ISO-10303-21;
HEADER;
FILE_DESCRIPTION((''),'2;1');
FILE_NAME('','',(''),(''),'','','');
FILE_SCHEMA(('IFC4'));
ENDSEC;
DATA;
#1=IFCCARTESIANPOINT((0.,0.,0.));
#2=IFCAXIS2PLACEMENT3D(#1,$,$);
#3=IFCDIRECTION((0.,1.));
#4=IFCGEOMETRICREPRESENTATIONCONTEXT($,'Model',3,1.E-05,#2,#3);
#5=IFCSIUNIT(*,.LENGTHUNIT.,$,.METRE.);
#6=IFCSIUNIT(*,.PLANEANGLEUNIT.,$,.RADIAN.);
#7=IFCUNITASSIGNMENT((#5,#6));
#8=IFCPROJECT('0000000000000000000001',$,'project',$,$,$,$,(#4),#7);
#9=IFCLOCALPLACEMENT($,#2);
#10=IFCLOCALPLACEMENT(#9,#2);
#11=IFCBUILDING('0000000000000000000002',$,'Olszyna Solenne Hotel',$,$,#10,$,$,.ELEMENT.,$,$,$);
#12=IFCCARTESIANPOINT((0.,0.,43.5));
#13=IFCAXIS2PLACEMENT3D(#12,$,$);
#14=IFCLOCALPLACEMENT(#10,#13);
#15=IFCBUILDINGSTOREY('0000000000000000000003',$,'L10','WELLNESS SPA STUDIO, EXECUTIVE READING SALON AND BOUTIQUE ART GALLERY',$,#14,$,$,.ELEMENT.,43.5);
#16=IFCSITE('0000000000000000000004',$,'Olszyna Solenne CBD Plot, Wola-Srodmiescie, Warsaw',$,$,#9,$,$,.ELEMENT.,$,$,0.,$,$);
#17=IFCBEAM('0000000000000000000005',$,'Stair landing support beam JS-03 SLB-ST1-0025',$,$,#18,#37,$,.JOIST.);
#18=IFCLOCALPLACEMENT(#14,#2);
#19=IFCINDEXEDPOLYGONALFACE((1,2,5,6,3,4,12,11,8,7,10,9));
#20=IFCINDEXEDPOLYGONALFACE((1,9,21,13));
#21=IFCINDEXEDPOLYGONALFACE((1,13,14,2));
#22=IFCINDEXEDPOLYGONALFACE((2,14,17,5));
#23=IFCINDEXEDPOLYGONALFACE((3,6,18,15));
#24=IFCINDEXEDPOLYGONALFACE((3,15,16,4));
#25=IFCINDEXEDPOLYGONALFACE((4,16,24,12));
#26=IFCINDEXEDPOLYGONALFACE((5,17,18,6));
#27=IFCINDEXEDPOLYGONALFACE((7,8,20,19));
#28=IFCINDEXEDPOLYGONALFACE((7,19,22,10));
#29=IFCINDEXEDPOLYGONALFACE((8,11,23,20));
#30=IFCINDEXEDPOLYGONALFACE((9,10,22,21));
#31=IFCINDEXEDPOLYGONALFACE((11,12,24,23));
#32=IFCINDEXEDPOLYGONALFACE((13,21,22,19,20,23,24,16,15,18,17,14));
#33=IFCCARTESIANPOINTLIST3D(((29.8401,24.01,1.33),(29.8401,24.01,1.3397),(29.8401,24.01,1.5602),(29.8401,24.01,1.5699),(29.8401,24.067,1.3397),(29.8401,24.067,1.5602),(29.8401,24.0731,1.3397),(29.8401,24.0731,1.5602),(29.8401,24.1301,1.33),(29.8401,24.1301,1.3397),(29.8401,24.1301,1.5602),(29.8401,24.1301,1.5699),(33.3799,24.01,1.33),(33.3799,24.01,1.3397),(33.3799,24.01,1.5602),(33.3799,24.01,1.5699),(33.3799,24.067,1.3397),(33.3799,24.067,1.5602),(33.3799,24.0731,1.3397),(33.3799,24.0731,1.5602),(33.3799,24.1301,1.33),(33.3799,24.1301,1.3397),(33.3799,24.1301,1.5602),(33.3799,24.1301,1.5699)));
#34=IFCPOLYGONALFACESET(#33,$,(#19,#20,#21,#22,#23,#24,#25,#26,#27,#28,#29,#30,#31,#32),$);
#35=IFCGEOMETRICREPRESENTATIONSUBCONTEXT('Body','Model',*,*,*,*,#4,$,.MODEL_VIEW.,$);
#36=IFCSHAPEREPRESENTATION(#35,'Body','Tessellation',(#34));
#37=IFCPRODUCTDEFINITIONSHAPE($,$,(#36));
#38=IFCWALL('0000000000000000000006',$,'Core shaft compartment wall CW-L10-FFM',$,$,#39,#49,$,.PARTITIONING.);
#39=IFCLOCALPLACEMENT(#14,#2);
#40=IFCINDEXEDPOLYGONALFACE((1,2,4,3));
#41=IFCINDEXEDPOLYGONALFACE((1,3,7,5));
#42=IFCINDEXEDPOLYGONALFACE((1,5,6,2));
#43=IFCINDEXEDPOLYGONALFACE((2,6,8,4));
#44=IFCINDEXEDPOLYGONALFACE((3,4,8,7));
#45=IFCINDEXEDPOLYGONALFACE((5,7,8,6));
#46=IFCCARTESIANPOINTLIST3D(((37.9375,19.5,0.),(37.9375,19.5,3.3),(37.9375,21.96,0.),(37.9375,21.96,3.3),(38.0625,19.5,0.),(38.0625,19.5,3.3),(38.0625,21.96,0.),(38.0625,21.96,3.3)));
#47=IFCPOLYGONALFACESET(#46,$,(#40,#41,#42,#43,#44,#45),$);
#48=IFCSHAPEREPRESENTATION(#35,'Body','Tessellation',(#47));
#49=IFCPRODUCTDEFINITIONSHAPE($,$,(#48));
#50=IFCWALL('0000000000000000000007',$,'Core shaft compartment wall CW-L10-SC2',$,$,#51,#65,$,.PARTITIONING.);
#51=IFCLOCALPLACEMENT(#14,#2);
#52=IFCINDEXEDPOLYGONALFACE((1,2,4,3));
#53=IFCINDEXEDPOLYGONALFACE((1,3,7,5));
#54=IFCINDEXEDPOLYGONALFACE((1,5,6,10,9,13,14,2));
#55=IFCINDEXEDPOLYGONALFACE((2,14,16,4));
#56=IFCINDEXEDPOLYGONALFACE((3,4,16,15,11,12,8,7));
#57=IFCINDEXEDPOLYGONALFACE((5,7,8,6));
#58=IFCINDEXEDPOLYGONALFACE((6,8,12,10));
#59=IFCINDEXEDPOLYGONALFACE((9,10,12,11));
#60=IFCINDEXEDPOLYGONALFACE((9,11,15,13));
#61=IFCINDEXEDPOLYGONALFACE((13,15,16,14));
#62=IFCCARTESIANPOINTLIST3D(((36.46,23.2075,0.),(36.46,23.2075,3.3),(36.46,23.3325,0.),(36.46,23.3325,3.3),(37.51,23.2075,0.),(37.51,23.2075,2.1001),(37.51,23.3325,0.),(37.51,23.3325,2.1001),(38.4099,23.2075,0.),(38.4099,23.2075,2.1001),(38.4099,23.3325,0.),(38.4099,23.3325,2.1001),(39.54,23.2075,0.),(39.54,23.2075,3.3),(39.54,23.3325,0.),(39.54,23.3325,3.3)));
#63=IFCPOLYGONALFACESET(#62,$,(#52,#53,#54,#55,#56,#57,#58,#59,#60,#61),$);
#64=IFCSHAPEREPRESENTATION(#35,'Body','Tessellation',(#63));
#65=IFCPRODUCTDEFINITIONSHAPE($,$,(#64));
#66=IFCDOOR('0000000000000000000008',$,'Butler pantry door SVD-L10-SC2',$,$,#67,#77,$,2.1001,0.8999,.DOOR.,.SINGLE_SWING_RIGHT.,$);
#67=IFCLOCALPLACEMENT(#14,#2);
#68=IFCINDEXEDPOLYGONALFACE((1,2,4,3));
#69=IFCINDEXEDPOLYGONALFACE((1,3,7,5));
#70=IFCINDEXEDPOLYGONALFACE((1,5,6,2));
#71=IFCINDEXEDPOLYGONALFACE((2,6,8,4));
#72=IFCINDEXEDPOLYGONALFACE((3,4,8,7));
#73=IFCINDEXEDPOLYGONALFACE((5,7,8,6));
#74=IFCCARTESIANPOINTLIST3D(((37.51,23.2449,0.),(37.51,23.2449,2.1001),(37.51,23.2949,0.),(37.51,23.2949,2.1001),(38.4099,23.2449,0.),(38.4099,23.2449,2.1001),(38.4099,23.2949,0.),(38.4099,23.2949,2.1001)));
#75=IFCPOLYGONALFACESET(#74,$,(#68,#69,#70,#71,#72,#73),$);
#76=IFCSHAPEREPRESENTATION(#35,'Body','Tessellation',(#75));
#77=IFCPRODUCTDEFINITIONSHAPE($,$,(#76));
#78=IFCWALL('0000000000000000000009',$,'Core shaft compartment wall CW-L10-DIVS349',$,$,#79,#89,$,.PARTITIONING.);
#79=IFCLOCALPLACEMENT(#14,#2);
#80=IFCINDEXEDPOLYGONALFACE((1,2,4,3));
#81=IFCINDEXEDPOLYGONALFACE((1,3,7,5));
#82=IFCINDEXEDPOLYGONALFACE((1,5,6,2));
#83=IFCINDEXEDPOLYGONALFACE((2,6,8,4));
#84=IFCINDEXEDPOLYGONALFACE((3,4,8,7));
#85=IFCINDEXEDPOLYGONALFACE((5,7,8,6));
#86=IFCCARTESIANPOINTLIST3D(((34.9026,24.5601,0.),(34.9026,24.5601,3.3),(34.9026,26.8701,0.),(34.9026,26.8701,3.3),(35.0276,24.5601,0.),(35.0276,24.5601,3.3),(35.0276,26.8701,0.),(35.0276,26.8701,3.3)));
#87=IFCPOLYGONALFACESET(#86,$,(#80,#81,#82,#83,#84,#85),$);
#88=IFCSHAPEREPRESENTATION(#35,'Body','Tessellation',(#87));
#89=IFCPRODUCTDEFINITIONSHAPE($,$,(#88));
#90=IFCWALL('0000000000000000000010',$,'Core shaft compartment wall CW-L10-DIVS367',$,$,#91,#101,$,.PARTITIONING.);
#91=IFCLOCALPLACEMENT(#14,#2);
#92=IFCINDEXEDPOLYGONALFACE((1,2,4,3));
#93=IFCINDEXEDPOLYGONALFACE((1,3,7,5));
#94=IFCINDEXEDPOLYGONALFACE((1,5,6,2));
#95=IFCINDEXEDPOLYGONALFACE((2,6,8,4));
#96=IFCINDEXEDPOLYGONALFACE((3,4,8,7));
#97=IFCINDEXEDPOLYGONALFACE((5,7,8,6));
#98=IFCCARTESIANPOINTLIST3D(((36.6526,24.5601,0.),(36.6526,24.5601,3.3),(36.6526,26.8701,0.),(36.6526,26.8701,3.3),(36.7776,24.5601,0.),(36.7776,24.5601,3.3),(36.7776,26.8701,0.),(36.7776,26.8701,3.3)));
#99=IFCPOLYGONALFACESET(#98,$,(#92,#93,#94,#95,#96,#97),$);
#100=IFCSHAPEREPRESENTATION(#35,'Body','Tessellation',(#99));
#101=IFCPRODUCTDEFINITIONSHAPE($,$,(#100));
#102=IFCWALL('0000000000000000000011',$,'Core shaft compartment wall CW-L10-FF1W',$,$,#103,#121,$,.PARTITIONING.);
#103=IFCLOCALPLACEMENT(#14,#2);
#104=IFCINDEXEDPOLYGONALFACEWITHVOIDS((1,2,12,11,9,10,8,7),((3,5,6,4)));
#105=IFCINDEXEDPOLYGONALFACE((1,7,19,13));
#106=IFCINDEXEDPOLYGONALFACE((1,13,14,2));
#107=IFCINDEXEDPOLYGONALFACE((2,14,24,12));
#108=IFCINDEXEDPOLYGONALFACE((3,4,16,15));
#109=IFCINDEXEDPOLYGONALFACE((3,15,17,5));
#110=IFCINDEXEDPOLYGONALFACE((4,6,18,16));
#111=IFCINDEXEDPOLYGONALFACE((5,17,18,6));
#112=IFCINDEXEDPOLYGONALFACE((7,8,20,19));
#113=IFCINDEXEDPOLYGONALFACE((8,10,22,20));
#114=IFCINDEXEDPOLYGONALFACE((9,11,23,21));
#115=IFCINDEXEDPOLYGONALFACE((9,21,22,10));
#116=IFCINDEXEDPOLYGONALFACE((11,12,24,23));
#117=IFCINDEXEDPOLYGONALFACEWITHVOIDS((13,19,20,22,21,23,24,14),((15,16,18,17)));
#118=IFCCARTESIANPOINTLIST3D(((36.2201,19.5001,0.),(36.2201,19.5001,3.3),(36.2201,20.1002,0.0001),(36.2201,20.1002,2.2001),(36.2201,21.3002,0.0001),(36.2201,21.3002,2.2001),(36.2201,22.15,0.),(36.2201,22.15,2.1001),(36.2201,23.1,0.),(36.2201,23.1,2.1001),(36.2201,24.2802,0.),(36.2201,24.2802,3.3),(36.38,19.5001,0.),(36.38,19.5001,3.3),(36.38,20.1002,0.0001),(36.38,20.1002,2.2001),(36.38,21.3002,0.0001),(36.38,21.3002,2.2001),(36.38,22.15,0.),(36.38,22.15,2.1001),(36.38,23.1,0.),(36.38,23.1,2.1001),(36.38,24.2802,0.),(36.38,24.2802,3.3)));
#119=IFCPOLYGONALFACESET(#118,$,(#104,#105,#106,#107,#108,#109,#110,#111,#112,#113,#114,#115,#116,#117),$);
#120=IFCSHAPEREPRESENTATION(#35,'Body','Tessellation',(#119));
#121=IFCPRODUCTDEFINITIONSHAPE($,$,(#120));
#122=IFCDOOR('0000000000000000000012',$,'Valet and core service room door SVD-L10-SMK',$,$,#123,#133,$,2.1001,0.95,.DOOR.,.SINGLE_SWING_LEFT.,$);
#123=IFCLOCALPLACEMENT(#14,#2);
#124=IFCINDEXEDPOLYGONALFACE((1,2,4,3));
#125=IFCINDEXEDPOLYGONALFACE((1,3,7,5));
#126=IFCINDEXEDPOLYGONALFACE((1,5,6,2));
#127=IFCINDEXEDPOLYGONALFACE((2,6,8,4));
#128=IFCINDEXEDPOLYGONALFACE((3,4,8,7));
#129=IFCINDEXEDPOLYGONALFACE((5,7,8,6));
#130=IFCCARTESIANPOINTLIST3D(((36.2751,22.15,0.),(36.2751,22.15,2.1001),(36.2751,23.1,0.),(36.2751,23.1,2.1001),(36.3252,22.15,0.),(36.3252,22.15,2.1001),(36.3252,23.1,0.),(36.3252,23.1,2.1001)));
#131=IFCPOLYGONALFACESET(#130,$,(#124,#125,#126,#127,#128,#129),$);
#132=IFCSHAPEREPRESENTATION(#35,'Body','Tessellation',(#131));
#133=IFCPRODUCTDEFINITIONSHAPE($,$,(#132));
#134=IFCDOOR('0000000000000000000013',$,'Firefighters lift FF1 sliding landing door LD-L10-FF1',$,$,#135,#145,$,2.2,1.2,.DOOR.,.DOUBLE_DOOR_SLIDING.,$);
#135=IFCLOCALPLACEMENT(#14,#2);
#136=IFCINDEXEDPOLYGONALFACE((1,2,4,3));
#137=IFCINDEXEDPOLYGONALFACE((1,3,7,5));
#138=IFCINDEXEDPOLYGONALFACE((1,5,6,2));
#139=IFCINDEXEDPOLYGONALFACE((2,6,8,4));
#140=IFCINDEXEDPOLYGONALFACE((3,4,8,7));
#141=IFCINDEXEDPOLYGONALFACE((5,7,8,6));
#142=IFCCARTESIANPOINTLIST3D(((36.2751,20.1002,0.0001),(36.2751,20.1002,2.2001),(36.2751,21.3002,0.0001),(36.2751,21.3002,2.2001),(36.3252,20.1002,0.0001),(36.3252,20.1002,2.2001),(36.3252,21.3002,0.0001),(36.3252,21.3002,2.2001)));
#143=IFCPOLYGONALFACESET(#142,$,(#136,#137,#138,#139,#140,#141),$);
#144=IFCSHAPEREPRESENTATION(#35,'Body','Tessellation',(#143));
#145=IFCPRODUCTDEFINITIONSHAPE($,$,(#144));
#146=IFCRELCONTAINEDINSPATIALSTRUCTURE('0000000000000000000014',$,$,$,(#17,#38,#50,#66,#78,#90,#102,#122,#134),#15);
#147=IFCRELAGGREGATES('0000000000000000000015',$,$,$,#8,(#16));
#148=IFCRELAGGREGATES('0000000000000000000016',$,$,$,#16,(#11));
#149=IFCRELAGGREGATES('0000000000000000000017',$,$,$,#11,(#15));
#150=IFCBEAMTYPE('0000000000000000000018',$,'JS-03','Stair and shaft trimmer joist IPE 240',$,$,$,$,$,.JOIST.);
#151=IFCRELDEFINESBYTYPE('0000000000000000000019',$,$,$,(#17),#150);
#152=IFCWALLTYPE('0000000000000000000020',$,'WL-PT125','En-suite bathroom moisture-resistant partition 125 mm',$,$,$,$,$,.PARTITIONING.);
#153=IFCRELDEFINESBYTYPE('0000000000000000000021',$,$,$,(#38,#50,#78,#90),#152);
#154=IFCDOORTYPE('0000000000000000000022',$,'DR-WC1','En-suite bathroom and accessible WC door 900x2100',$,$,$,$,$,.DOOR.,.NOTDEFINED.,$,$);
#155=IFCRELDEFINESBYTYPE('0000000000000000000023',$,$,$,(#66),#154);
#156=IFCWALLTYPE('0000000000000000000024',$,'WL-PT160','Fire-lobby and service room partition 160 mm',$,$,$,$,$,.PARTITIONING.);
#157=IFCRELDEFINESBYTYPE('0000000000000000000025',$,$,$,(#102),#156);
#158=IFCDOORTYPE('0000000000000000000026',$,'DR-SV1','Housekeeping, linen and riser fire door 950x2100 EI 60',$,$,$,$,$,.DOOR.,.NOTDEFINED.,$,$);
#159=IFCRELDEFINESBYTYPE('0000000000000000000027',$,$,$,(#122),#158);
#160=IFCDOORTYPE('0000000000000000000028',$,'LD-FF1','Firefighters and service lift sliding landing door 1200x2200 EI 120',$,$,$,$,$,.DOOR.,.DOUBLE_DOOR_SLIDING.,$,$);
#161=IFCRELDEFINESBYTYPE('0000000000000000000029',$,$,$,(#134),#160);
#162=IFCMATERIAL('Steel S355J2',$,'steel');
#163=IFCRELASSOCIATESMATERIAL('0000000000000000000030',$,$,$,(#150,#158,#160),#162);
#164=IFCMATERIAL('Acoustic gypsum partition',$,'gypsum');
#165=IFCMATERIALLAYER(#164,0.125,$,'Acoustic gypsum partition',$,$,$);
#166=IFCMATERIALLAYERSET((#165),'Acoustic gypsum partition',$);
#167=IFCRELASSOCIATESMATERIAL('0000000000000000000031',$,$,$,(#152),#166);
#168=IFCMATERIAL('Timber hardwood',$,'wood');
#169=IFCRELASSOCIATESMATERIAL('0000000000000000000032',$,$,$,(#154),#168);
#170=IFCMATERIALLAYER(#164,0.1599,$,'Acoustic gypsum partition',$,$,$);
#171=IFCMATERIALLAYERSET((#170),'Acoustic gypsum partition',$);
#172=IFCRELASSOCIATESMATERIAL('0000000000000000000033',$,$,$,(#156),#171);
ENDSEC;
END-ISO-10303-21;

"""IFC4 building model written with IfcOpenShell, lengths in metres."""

from ifc_helpers import new_model, si_unit, direction, frame, frame_2d, origin, origin_2d, place, context, subcontext, project, spatial, rectangle, i_section, extrude, source, transform, mapped, material, layer, layer_set, material_profile, profile_set, type_object, type_shapes, element, fill, save


model = new_model("IFC4")

# Units and contexts
model_context = context("Model", 3, precision=1e-05, world=origin(), true_north=direction((0.0, 1.0)))
body_context = subcontext(model_context, "Body", "Model", "MODEL_VIEW")
ifc_project = project(units=[si_unit("LENGTHUNIT", "METRE"), si_unit("PLANEANGLEUNIT", "RADIAN")], contexts=[model_context])

# Site, building, storey
site_placement = place(None, origin())
site = spatial("IfcSite", under=ifc_project, at=site_placement, Name="Olszyna Solenne CBD Plot, Wola-Srodmiescie, Warsaw", CompositionType="ELEMENT", RefElevation=0.0)
building_placement = place(site_placement, origin())
building = spatial("IfcBuilding", under=site, at=building_placement, Name="Olszyna Solenne Hotel", CompositionType="ELEMENT")
storey_placement = place(building_placement, frame((0.0, 0.0, 43.5)))
storey = spatial("IfcBuildingStorey", under=building, at=storey_placement, Name="L10", Description="WELLNESS SPA STUDIO, EXECUTIVE READING SALON AND BOUTIQUE ART GALLERY", CompositionType="ELEMENT", Elevation=43.5)

# Beam
ifc_material_1 = material(Name="Steel S355J2", Category="steel")
ifc_material_profile = material_profile(ifc_material_1, i_section(OverallWidth=0.1201, OverallDepth=0.24, WebThickness=0.0061, FlangeThickness=0.0098, at=origin_2d()), Name="IPE 240", Category="load-bearing")
ifc_profile_set = profile_set([ifc_material_profile], Name="Steel S355J2")
beam_type = type_object("IfcBeamType", Name="JS-03", Description="Stair and shaft trimmer joist IPE 240", PredefinedType="JOIST", material=ifc_profile_set)
shared_shape_1 = source(origin(), body_context, "Body", "SweptSolid", [
    extrude(i_section(OverallWidth=0.1201, OverallDepth=0.24, WebThickness=0.0061, FlangeThickness=0.0098, at=origin_2d()), origin(), (0.0, 0.0, 1.0), 3.5398),
])
beam_placement = place(storey_placement, frame((33.3799, 24.0701, 1.45), z_axis=(-1.0, 0.0, 0.0), x_axis=(0.0, -1.0, 0.0)))
element("IfcBeam", 1, at=beam_placement, inside=storey, type_object=beam_type, Name="Stair landing support beam JS-03 SLB-ST1-0025", PredefinedType="JOIST", context=body_context, shape_type="MappedRepresentation", body=[
    mapped(shared_shape_1, transform((0.0, 0.0, 0.0), x_axis=(1.0, 0.0, 0.0), y_axis=(0.0, 1.0, 0.0), z_axis=(0.0, 0.0, 1.0), scale=1.0)),
])

# Wall
ifc_material_2 = material(Name="Acoustic gypsum partition", Category="gypsum")
ifc_layer_1 = layer(ifc_material_2, 0.125, Name="Acoustic gypsum partition")
ifc_layer_set_1 = layer_set([ifc_layer_1], Name="Acoustic gypsum partition")
wall_type_1 = type_object("IfcWallType", Name="WL-PT125", Description="En-suite bathroom moisture-resistant partition 125 mm", PredefinedType="PARTITIONING", material=ifc_layer_set_1)
wall_1_placement = place(storey_placement, frame((38.0, 19.5, 0.0), z_axis=(0.0, 0.0, 1.0), x_axis=(0.0, 1.0, 0.0)))
element("IfcWall", 2, at=wall_1_placement, inside=storey, type_object=wall_type_1, Name="Core shaft compartment wall CW-L10-FFM", PredefinedType="PARTITIONING", context=body_context, shape_type="SweptSolid", body=[
    extrude(rectangle(XDim=2.46, YDim=0.125, at=frame_2d((1.23, 0.0))), origin(), (0.0, 0.0, 1.0), 3.3),
])

# Wall, opening, door
wall_2_placement = place(storey_placement, frame((36.46, 23.27, 0.0), z_axis=(0.0, 0.0, 1.0), x_axis=(1.0, 0.0, 0.0)))
wall_2 = element("IfcWall", 3, at=wall_2_placement, inside=storey, type_object=wall_type_1, Name="Core shaft compartment wall CW-L10-SC2", PredefinedType="PARTITIONING", context=body_context, shape_type="SweptSolid", body=[
    extrude(rectangle(XDim=3.0801, YDim=0.125, at=frame_2d((1.54, 0.0))), origin(), (0.0, 0.0, 1.0), 3.3),
])
opening_1_placement = place(wall_2_placement, frame((1.05, 0.0, 0.0)))
opening_1 = element("IfcOpeningElement", 4, at=opening_1_placement, cuts=wall_2, PredefinedType="OPENING", context=body_context, shape_type="SweptSolid", body=[
    extrude(rectangle(XDim=0.8999, YDim=2.1001, at=frame_2d((0.45, 1.05))), frame((0.0, 0.0725, 0.0), z_axis=(0.0, -1.0, 0.0), x_axis=(1.0, 0.0, 0.0)), (0.0, 0.0, 1.0), 0.145),
])
ifc_material_3 = material(Name="Timber hardwood", Category="wood")
door_type_1 = type_object("IfcDoorType", Name="DR-WC1", Description="En-suite bathroom and accessible WC door 900x2100", OperationType="NOTDEFINED", PredefinedType="DOOR", material=ifc_material_3)
shared_shape_2 = source(origin(), body_context, "Body", "SweptSolid", [
    extrude(rectangle(XDim=0.8999, YDim=2.1001, at=frame_2d((0.45, 1.05))), frame((0.0, 0.0249, 0.0), z_axis=(0.0, -1.0, 0.0), x_axis=(1.0, 0.0, 0.0)), (0.0, 0.0, 1.0), 0.05),
])
type_shapes(door_type_1, [shared_shape_2])
door_1_placement = place(opening_1_placement, origin())
door_1 = element("IfcDoor", 5, at=door_1_placement, inside=storey, type_object=door_type_1, Name="Butler pantry door SVD-L10-SC2", OperationType="SINGLE_SWING_RIGHT", OverallHeight=2.1001, OverallWidth=0.8999, PredefinedType="DOOR", context=body_context, shape_type="MappedRepresentation", body=[
    mapped(shared_shape_2, transform((0.0, 0.0, 0.0), x_axis=(1.0, 0.0, 0.0), y_axis=(0.0, 1.0, 0.0), z_axis=(0.0, 0.0, 1.0), scale=1.0)),
])
fill(opening_1, door_1)

# Walls
for number, where, z_axis, x_axis, name in (
    (6, (34.9651, 24.5601, 0.0), (0.0, 0.0, 1.0), (0.0, 1.0, 0.0), "Core shaft compartment wall CW-L10-DIVS349"),
    (7, (36.7151, 24.5601, 0.0), (0.0, 0.0, 1.0), (0.0, 1.0, 0.0), "Core shaft compartment wall CW-L10-DIVS367"),
):
    element("IfcWall", number, at=place(storey_placement, frame(where, z_axis=z_axis, x_axis=x_axis)), inside=storey, type_object=wall_type_1, Name=name, PredefinedType="PARTITIONING", context=body_context, shape_type="SweptSolid", body=[
        extrude(rectangle(XDim=2.3101, YDim=0.125, at=frame_2d((1.155, 0.0))), origin(), (0.0, 0.0, 1.0), 3.3),
    ])

# Wall, openings, doors
ifc_layer_2 = layer(ifc_material_2, 0.1599, Name="Acoustic gypsum partition")
ifc_layer_set_2 = layer_set([ifc_layer_2], Name="Acoustic gypsum partition")
wall_type_2 = type_object("IfcWallType", Name="WL-PT160", Description="Fire-lobby and service room partition 160 mm", PredefinedType="PARTITIONING", material=ifc_layer_set_2)
wall_3_placement = place(storey_placement, frame((36.3, 19.5, 0.0), z_axis=(0.0, 0.0, 1.0), x_axis=(0.0, 1.0, 0.0)))
wall_3 = element("IfcWall", 8, at=wall_3_placement, inside=storey, type_object=wall_type_2, Name="Core shaft compartment wall CW-L10-FF1W", PredefinedType="PARTITIONING", context=body_context, shape_type="SweptSolid", body=[
    extrude(rectangle(XDim=4.78, YDim=0.1599, at=frame_2d((2.3901, 0.0))), origin(), (0.0, 0.0, 1.0), 3.3),
])
opening_2_placement = place(wall_3_placement, frame((0.6001, 0.0, 0.0)))
opening_2 = element("IfcOpeningElement", 9, at=opening_2_placement, cuts=wall_3, PredefinedType="OPENING", context=body_context, shape_type="SweptSolid", body=[
    extrude(rectangle(XDim=1.2, YDim=2.2, at=frame_2d((0.6001, 1.1001))), frame((0.0, 0.0898, 0.0), z_axis=(0.0, -1.0, 0.0), x_axis=(1.0, 0.0, 0.0)), (0.0, 0.0, 1.0), 0.1799),
])
opening_3_placement = place(wall_3_placement, frame((2.6499, 0.0, 0.0)))
opening_3 = element("IfcOpeningElement", 10, at=opening_3_placement, cuts=wall_3, PredefinedType="OPENING", context=body_context, shape_type="SweptSolid", body=[
    extrude(rectangle(XDim=0.95, YDim=2.1001, at=frame_2d((0.4751, 1.05))), frame((0.0, 0.0898, 0.0), z_axis=(0.0, -1.0, 0.0), x_axis=(1.0, 0.0, 0.0)), (0.0, 0.0, 1.0), 0.1799),
])
door_type_2 = type_object("IfcDoorType", Name="DR-SV1", Description="Housekeeping, linen and riser fire door 950x2100 EI 60", OperationType="NOTDEFINED", PredefinedType="DOOR", material=ifc_material_1)
shared_shape_3 = source(origin(), body_context, "Body", "SweptSolid", [
    extrude(rectangle(XDim=0.95, YDim=2.1001, at=frame_2d((0.4751, 1.05))), frame((0.0, 0.0249, 0.0), z_axis=(0.0, -1.0, 0.0), x_axis=(1.0, 0.0, 0.0)), (0.0, 0.0, 1.0), 0.05),
])
type_shapes(door_type_2, [shared_shape_3])
door_2_placement = place(opening_3_placement, origin())
door_2 = element("IfcDoor", 11, at=door_2_placement, inside=storey, type_object=door_type_2, Name="Valet and core service room door SVD-L10-SMK", OperationType="SINGLE_SWING_LEFT", OverallHeight=2.1001, OverallWidth=0.95, PredefinedType="DOOR", context=body_context, shape_type="MappedRepresentation", body=[
    mapped(shared_shape_3, transform((0.0, 0.0, 0.0), x_axis=(1.0, 0.0, 0.0), y_axis=(0.0, 1.0, 0.0), z_axis=(0.0, 0.0, 1.0), scale=1.0)),
])
fill(opening_3, door_2)
door_type_3 = type_object("IfcDoorType", Name="LD-FF1", Description="Firefighters and service lift sliding landing door 1200x2200 EI 120", OperationType="DOUBLE_DOOR_SLIDING", PredefinedType="DOOR", material=ifc_material_1)
shared_shape_4 = source(origin(), body_context, "Body", "SweptSolid", [
    extrude(rectangle(XDim=1.2, YDim=2.2, at=frame_2d((0.6001, 1.1001))), frame((0.0, 0.0249, 0.0), z_axis=(0.0, -1.0, 0.0), x_axis=(1.0, 0.0, 0.0)), (0.0, 0.0, 1.0), 0.05),
])
type_shapes(door_type_3, [shared_shape_4])
door_3_placement = place(opening_2_placement, origin())
door_3 = element("IfcDoor", 12, at=door_3_placement, inside=storey, type_object=door_type_3, Name="Firefighters lift FF1 sliding landing door LD-L10-FF1", OperationType="DOUBLE_DOOR_SLIDING", OverallHeight=2.2, OverallWidth=1.2, PredefinedType="DOOR", context=body_context, shape_type="MappedRepresentation", body=[
    mapped(shared_shape_4, transform((0.0, 0.0, 0.0), x_axis=(1.0, 0.0, 0.0), y_axis=(0.0, 1.0, 0.0), z_axis=(0.0, 0.0, 1.0), scale=1.0)),
])
fill(opening_2, door_3)

save(model, "model.ifc")
